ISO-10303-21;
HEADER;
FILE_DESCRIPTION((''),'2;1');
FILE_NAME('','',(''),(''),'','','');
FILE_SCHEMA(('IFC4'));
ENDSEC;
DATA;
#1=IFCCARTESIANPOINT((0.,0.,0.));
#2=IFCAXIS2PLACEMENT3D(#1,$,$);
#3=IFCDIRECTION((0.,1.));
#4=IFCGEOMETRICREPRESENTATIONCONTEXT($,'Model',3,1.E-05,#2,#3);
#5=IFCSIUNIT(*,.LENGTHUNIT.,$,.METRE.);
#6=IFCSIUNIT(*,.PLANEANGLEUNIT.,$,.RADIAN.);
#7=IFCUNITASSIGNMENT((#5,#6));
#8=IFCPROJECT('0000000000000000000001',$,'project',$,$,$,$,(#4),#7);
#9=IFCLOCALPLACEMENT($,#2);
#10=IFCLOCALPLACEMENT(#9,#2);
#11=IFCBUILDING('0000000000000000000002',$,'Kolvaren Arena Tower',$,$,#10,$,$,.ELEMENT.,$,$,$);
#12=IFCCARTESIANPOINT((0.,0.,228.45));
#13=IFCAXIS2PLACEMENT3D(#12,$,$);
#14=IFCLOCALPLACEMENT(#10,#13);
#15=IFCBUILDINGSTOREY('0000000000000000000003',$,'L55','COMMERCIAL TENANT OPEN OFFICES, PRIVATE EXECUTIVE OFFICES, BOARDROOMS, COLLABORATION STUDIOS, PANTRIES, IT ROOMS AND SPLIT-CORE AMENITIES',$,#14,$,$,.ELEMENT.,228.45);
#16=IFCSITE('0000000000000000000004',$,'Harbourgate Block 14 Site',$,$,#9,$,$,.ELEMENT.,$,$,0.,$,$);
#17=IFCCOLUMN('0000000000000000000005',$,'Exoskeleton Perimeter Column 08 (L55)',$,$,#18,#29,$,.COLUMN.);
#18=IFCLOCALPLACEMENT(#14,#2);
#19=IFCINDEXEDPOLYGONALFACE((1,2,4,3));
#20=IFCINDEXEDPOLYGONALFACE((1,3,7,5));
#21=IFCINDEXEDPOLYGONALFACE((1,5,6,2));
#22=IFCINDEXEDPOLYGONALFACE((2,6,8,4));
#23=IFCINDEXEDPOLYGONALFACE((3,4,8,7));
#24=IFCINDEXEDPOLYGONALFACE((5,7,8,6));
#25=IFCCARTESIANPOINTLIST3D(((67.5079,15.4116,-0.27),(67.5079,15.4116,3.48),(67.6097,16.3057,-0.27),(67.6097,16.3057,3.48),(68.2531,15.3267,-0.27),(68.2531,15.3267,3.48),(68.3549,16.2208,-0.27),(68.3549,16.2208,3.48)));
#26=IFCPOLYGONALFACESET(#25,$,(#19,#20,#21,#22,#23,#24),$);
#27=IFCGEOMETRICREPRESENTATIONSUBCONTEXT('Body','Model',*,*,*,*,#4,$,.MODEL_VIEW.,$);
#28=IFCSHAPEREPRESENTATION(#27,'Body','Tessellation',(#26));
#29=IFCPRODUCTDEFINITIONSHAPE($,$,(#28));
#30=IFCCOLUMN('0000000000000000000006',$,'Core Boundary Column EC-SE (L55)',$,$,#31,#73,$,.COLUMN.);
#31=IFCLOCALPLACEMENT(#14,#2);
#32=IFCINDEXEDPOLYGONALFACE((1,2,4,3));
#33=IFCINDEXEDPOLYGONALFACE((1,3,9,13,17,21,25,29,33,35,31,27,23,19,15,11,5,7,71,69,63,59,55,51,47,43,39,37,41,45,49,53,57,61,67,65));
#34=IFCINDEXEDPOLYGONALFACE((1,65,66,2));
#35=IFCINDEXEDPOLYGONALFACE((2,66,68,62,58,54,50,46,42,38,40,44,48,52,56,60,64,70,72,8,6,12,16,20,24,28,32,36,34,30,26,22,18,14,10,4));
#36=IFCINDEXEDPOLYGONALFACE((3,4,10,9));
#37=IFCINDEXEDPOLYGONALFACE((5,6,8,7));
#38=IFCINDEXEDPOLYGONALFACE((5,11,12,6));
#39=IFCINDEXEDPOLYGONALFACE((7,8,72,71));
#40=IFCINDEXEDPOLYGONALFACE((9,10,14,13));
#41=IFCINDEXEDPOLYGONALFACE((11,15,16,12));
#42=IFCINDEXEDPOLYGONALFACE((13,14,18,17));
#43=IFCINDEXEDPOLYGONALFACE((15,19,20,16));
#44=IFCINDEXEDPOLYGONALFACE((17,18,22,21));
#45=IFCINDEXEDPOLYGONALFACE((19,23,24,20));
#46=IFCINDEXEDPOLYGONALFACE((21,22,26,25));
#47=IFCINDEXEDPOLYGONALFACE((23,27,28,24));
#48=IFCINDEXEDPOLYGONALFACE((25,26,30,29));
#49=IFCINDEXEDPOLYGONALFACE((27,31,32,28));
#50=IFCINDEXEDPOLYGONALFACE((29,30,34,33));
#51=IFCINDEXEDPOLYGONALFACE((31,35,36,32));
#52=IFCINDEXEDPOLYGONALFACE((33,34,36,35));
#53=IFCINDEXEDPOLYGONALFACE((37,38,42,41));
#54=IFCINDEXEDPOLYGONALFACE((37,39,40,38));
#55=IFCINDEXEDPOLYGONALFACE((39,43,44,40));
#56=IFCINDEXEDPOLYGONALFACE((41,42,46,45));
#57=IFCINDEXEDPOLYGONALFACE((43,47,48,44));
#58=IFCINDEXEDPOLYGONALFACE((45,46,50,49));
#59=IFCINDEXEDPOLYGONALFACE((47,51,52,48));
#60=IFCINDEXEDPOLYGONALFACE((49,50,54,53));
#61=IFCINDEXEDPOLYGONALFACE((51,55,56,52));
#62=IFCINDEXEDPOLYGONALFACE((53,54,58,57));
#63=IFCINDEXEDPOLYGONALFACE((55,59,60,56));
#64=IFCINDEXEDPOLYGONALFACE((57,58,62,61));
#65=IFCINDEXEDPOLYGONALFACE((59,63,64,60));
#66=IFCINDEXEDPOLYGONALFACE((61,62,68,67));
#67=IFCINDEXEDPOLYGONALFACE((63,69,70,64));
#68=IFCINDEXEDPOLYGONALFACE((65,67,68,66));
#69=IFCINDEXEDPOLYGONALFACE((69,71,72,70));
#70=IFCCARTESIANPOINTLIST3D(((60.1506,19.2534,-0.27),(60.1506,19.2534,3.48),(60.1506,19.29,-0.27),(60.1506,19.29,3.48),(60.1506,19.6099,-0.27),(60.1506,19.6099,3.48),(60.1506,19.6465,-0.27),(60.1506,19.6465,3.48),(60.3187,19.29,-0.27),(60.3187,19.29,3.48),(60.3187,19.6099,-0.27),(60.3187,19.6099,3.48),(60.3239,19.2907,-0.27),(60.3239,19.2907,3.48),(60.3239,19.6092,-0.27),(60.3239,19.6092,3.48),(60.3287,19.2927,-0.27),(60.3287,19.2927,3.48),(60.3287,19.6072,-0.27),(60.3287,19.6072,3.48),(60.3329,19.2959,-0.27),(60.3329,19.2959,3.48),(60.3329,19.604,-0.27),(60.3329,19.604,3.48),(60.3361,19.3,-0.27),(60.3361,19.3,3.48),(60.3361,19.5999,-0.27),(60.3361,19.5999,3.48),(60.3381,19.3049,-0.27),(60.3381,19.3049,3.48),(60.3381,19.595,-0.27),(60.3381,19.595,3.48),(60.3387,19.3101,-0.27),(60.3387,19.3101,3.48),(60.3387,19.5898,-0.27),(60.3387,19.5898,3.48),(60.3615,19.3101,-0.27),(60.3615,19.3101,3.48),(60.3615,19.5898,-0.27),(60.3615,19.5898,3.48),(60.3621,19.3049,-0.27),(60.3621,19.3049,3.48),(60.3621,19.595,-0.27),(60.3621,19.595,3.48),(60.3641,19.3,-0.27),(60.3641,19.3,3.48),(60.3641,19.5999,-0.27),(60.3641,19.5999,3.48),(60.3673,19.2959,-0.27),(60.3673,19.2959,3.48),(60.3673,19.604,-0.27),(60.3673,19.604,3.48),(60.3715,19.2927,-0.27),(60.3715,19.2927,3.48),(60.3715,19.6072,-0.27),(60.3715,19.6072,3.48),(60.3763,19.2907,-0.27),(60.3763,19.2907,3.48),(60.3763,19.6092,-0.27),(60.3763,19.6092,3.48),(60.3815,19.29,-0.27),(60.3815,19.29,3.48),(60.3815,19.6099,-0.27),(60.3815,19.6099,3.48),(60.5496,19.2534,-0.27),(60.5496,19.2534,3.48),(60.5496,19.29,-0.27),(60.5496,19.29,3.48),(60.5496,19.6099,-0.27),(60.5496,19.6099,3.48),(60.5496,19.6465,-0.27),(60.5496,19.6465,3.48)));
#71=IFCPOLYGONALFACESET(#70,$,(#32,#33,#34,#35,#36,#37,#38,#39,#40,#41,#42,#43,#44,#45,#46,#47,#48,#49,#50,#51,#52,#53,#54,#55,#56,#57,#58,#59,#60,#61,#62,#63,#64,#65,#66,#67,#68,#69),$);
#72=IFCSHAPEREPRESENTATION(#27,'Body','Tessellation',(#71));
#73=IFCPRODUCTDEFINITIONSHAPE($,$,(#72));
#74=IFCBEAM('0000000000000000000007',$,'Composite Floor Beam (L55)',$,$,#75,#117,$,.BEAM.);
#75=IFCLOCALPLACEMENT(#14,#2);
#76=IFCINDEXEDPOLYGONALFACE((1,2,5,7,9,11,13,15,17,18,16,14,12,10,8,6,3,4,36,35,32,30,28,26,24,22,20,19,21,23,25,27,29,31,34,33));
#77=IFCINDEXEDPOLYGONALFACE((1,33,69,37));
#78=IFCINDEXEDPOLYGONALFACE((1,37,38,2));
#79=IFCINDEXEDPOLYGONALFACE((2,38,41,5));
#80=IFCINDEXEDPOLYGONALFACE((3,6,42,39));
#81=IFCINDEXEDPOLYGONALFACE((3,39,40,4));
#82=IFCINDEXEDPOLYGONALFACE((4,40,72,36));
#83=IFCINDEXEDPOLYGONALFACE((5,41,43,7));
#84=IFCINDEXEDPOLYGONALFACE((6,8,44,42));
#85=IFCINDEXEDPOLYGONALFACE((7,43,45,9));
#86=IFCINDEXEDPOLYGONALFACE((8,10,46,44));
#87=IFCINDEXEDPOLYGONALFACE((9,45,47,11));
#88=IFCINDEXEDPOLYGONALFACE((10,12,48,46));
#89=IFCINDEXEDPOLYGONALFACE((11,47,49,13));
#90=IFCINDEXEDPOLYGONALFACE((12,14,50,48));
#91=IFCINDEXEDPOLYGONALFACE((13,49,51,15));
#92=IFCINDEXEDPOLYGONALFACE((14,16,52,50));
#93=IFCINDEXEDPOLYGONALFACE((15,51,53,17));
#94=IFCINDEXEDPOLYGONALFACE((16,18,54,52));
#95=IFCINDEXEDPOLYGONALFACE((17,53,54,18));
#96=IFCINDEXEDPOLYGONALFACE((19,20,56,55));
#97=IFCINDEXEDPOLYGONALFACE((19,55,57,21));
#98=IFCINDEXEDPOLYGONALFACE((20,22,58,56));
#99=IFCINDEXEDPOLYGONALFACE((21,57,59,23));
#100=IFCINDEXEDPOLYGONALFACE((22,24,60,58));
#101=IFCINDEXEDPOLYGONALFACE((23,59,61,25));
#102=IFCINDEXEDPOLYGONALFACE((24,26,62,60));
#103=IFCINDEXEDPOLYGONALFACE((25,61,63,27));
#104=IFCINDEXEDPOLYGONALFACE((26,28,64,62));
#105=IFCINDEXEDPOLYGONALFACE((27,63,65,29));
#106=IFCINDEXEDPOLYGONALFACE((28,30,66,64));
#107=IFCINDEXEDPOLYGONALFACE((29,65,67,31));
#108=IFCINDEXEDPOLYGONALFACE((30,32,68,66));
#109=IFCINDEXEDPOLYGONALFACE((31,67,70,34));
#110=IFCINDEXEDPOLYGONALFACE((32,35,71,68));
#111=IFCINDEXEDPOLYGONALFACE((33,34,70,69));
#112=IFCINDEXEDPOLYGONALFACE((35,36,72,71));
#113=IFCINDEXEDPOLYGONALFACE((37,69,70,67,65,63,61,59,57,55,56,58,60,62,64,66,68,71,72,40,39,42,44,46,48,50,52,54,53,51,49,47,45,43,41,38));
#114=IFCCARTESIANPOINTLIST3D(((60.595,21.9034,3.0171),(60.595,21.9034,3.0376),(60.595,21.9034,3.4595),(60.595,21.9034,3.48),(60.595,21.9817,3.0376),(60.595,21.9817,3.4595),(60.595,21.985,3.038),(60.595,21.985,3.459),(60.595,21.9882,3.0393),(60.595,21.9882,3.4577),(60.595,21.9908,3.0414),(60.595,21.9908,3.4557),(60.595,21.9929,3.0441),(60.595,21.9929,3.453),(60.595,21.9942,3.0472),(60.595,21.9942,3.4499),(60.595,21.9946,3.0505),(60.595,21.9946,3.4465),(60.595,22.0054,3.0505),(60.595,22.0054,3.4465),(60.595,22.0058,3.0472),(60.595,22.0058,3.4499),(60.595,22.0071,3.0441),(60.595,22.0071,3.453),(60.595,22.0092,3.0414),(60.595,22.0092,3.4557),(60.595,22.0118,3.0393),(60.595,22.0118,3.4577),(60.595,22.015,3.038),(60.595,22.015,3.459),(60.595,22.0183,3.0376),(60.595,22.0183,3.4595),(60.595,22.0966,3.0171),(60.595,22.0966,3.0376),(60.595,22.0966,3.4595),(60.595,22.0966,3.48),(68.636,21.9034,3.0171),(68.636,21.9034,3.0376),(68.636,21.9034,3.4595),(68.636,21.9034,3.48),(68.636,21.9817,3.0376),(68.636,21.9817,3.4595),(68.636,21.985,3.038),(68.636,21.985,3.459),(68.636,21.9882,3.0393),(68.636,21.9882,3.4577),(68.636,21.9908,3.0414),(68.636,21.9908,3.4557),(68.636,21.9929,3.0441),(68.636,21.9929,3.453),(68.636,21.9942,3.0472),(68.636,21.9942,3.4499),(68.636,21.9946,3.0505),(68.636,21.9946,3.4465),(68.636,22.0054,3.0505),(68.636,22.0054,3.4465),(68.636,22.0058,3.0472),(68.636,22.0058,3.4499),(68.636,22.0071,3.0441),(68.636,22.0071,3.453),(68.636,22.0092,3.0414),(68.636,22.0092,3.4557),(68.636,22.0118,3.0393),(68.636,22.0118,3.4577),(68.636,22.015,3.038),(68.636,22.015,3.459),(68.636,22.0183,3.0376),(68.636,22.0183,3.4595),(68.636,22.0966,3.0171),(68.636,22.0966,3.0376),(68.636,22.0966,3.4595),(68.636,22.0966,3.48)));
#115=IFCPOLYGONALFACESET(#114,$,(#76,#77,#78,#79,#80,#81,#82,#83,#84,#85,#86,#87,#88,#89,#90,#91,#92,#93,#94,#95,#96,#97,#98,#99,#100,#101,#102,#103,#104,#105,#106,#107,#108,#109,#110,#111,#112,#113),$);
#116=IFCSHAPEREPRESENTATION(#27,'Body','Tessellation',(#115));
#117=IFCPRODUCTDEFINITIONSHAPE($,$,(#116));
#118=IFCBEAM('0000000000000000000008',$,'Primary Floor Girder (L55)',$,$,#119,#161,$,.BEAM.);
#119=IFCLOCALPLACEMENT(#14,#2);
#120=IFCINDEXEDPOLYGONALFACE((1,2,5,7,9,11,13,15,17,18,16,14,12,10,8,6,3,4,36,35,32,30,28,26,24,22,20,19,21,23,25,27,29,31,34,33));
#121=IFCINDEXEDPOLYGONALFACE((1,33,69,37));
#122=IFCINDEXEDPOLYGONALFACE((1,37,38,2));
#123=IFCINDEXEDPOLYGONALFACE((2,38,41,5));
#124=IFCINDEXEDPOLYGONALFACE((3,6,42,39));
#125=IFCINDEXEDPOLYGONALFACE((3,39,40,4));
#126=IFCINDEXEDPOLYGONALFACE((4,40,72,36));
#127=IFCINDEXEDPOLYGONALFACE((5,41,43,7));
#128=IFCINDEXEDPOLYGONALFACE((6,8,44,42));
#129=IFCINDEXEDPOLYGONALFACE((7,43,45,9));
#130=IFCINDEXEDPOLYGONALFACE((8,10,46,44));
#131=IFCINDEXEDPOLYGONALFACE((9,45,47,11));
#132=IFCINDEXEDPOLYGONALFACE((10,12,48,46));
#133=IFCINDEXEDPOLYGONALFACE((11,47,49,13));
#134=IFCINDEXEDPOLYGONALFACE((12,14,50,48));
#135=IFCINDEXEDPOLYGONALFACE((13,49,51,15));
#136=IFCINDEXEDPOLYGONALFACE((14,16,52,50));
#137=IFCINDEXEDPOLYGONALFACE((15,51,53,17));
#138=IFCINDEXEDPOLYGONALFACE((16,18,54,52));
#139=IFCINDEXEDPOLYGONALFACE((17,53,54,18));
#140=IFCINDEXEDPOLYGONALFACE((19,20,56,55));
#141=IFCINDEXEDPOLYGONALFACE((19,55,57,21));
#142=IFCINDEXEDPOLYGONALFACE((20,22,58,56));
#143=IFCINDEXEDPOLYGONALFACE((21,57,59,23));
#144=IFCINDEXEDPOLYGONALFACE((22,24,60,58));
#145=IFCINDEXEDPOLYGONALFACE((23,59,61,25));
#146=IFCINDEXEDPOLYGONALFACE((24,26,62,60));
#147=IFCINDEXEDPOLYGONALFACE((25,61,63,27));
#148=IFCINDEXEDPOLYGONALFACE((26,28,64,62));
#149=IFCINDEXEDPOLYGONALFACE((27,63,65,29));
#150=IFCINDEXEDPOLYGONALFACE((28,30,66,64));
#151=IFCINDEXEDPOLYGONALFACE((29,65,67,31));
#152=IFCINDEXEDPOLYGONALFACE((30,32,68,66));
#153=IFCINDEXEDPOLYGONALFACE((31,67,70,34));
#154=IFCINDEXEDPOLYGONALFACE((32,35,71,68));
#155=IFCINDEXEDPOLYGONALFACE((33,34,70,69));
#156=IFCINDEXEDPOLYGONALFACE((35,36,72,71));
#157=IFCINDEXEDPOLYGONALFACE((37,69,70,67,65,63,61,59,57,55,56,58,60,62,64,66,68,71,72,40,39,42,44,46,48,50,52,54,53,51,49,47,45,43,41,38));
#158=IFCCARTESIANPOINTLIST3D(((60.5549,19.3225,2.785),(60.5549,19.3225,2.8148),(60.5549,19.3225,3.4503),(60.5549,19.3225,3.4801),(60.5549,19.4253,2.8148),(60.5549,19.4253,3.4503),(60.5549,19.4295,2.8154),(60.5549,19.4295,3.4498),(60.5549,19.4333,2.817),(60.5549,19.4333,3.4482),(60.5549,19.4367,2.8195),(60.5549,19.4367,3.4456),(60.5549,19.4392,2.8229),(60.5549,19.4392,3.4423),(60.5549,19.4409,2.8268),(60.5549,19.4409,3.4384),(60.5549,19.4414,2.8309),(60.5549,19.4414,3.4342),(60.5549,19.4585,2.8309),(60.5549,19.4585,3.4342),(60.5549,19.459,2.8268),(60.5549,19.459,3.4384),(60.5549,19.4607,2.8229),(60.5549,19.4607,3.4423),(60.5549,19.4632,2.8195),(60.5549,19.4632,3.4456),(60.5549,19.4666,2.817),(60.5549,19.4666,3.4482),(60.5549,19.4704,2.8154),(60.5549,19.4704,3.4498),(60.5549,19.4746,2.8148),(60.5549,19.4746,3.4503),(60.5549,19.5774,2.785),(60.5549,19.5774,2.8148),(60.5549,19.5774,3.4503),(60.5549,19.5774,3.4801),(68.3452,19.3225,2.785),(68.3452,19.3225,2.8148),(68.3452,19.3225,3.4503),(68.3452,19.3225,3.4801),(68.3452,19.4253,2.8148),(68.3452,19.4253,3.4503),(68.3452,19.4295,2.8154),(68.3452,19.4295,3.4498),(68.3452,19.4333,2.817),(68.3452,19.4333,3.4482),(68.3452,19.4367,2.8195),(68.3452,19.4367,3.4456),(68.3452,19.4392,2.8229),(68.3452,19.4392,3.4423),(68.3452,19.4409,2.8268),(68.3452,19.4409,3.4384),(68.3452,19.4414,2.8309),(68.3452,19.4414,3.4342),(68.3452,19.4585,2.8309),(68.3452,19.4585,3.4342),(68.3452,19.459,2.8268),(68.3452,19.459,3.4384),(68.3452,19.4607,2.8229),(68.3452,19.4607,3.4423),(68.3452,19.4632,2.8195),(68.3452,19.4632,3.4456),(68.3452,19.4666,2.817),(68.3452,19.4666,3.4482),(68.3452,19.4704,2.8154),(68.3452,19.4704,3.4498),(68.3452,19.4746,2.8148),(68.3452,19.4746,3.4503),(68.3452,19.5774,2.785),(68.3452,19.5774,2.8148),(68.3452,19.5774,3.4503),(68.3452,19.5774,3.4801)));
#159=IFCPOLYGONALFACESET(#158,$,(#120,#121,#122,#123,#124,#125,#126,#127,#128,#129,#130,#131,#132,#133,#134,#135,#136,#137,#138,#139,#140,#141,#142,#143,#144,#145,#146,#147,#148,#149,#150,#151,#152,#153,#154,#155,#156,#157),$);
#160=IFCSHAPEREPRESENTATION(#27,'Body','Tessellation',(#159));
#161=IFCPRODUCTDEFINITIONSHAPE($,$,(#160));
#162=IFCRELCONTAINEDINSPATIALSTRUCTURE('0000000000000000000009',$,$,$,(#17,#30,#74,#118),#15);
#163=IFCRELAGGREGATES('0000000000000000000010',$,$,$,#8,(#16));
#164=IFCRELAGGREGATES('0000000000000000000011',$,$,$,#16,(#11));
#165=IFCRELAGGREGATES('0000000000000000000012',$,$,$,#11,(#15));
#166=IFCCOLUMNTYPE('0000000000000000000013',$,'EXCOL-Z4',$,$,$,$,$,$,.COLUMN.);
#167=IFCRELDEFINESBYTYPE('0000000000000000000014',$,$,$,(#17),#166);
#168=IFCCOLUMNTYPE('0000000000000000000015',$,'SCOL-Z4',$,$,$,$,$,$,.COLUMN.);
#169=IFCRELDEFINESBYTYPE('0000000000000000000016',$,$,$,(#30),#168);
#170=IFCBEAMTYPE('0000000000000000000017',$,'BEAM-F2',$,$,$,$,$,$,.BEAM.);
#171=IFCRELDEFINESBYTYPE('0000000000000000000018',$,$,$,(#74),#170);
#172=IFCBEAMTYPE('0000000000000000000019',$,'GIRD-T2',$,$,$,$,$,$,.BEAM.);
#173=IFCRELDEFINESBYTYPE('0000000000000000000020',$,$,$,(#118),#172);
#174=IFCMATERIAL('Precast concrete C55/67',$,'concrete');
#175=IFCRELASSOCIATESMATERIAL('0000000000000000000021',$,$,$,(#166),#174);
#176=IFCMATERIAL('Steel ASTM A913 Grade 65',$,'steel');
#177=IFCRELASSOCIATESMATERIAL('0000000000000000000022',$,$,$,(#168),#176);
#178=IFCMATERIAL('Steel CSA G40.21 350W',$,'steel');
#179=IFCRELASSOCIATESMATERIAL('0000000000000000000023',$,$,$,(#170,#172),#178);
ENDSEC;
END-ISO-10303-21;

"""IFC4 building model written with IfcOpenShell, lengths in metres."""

from ifc_helpers import new_model, si_unit, direction, frame, origin, origin_2d, place, context, subcontext, project, spatial, rectangle, i_section, extrude, material, material_profile, profile_set, type_object, element, save


model = new_model("IFC4")

# Units and contexts
model_context = context("Model", 3, precision=1e-05, world=origin(), true_north=direction((0.0, 1.0)))
body_context = subcontext(model_context, "Body", "Model", "MODEL_VIEW")
ifc_project = project(units=[si_unit("LENGTHUNIT", "METRE"), si_unit("PLANEANGLEUNIT", "RADIAN")], contexts=[model_context])

# Site, building, storey
site_placement = place(None, origin())
site = spatial("IfcSite", under=ifc_project, at=site_placement, Name="Harbourgate Block 14 Site", CompositionType="ELEMENT", RefElevation=0.0)
building_placement = place(site_placement, origin())
building = spatial("IfcBuilding", under=site, at=building_placement, Name="Kolvaren Arena Tower", CompositionType="ELEMENT")
storey_placement = place(building_placement, frame((0.0, 0.0, 228.45)))
storey = spatial("IfcBuildingStorey", under=building, at=storey_placement, Name="L55", Description="COMMERCIAL TENANT OPEN OFFICES, PRIVATE EXECUTIVE OFFICES, BOARDROOMS, COLLABORATION STUDIOS, PANTRIES, IT ROOMS AND SPLIT-CORE AMENITIES", CompositionType="ELEMENT", Elevation=228.45)

# Columns
ifc_material_1 = material(Name="Precast concrete C55/67", Category="concrete")
ifc_material_profile_1 = material_profile(ifc_material_1, rectangle(XDim=0.8999, YDim=0.75, at=origin_2d()), Name="RC-900x750")
ifc_profile_set_1 = profile_set([ifc_material_profile_1], Name="Precast concrete C55/67")
column_type_1 = type_object("IfcColumnType", Name="EXCOL-Z4", PredefinedType="COLUMN", material=ifc_profile_set_1)
column_1_placement = place(storey_placement, frame((67.9314, 15.8162, -0.27), z_axis=(0.0, 0.0, 1.0), x_axis=(0.113203, 0.993572, 0.0)))
element("IfcColumn", 1, at=column_1_placement, inside=storey, type_object=column_type_1, Name="Exoskeleton Perimeter Column 08 (L55)", PredefinedType="COLUMN", context=body_context, shape_type="SweptSolid", body=[
    extrude(rectangle(XDim=0.8999, YDim=0.75, at=origin_2d()), origin(), (0.0, 0.0, 1.0), 3.75),
])
ifc_material_2 = material(Name="Steel ASTM A913 Grade 65", Category="steel")
ifc_material_profile_2 = material_profile(ifc_material_2, i_section(OverallWidth=0.3989, OverallDepth=0.3931, WebThickness=0.0227, FlangeThickness=0.0366, FilletRadius=0.02, at=origin_2d()), Name="W360x287")
ifc_profile_set_2 = profile_set([ifc_material_profile_2], Name="Steel ASTM A913 Grade 65")
column_type_2 = type_object("IfcColumnType", Name="SCOL-Z4", PredefinedType="COLUMN", material=ifc_profile_set_2)
column_2_placement = place(storey_placement, frame((60.3501, 19.45, -0.27), z_axis=(0.0, 0.0, 1.0), x_axis=(1.0, 0.0, 0.0)))
element("IfcColumn", 2, at=column_2_placement, inside=storey, type_object=column_type_2, Name="Core Boundary Column EC-SE (L55)", PredefinedType="COLUMN", context=body_context, shape_type="SweptSolid", body=[
    extrude(i_section(OverallWidth=0.3989, OverallDepth=0.3931, WebThickness=0.0227, FlangeThickness=0.0366, FilletRadius=0.02, at=origin_2d()), origin(), (0.0, 0.0, 1.0), 3.75),
])

# Beams
ifc_material_3 = material(Name="Steel CSA G40.21 350W", Category="steel")
ifc_material_profile_3 = material_profile(ifc_material_3, i_section(OverallWidth=0.1931, OverallDepth=0.4629, WebThickness=0.0107, FlangeThickness=0.0205, FilletRadius=0.0129, at=origin_2d()), Name="W460x113")
ifc_profile_set_3 = profile_set([ifc_material_profile_3], Name="Steel CSA G40.21 350W")
beam_type_1 = type_object("IfcBeamType", Name="BEAM-F2", PredefinedType="BEAM", material=ifc_profile_set_3)
beam_1_placement = place(storey_placement, frame((60.595, 22.0, 3.2485), z_axis=(1.0, 0.0, 0.0), x_axis=(0.0, 1.0, 0.0)))
element("IfcBeam", 3, at=beam_1_placement, inside=storey, type_object=beam_type_1, Name="Composite Floor Beam (L55)", PredefinedType="BEAM", context=body_context, shape_type="SweptSolid", body=[
    extrude(i_section(OverallWidth=0.1931, OverallDepth=0.4629, WebThickness=0.0107, FlangeThickness=0.0205, FilletRadius=0.0129, at=origin_2d()), origin(), (0.0, 0.0, 1.0), 8.041),
])
ifc_material_profile_4 = material_profile(ifc_material_3, i_section(OverallWidth=0.2549, OverallDepth=0.6951, WebThickness=0.0171, FlangeThickness=0.0298, FilletRadius=0.0161, at=origin_2d()), Name="W690x217")
ifc_profile_set_4 = profile_set([ifc_material_profile_4], Name="Steel CSA G40.21 350W")
beam_type_2 = type_object("IfcBeamType", Name="GIRD-T2", PredefinedType="BEAM", material=ifc_profile_set_4)
beam_2_placement = place(storey_placement, frame((60.5549, 19.45, 3.1326), z_axis=(1.0, 0.0, 0.0), x_axis=(0.0, 1.0, 0.0)))
element("IfcBeam", 4, at=beam_2_placement, inside=storey, type_object=beam_type_2, Name="Primary Floor Girder (L55)", PredefinedType="BEAM", context=body_context, shape_type="SweptSolid", body=[
    extrude(i_section(OverallWidth=0.2549, OverallDepth=0.6951, WebThickness=0.0171, FlangeThickness=0.0298, FilletRadius=0.0161, at=origin_2d()), origin(), (0.0, 0.0, 1.0), 7.7903),
])

save(model, "model.ifc")
